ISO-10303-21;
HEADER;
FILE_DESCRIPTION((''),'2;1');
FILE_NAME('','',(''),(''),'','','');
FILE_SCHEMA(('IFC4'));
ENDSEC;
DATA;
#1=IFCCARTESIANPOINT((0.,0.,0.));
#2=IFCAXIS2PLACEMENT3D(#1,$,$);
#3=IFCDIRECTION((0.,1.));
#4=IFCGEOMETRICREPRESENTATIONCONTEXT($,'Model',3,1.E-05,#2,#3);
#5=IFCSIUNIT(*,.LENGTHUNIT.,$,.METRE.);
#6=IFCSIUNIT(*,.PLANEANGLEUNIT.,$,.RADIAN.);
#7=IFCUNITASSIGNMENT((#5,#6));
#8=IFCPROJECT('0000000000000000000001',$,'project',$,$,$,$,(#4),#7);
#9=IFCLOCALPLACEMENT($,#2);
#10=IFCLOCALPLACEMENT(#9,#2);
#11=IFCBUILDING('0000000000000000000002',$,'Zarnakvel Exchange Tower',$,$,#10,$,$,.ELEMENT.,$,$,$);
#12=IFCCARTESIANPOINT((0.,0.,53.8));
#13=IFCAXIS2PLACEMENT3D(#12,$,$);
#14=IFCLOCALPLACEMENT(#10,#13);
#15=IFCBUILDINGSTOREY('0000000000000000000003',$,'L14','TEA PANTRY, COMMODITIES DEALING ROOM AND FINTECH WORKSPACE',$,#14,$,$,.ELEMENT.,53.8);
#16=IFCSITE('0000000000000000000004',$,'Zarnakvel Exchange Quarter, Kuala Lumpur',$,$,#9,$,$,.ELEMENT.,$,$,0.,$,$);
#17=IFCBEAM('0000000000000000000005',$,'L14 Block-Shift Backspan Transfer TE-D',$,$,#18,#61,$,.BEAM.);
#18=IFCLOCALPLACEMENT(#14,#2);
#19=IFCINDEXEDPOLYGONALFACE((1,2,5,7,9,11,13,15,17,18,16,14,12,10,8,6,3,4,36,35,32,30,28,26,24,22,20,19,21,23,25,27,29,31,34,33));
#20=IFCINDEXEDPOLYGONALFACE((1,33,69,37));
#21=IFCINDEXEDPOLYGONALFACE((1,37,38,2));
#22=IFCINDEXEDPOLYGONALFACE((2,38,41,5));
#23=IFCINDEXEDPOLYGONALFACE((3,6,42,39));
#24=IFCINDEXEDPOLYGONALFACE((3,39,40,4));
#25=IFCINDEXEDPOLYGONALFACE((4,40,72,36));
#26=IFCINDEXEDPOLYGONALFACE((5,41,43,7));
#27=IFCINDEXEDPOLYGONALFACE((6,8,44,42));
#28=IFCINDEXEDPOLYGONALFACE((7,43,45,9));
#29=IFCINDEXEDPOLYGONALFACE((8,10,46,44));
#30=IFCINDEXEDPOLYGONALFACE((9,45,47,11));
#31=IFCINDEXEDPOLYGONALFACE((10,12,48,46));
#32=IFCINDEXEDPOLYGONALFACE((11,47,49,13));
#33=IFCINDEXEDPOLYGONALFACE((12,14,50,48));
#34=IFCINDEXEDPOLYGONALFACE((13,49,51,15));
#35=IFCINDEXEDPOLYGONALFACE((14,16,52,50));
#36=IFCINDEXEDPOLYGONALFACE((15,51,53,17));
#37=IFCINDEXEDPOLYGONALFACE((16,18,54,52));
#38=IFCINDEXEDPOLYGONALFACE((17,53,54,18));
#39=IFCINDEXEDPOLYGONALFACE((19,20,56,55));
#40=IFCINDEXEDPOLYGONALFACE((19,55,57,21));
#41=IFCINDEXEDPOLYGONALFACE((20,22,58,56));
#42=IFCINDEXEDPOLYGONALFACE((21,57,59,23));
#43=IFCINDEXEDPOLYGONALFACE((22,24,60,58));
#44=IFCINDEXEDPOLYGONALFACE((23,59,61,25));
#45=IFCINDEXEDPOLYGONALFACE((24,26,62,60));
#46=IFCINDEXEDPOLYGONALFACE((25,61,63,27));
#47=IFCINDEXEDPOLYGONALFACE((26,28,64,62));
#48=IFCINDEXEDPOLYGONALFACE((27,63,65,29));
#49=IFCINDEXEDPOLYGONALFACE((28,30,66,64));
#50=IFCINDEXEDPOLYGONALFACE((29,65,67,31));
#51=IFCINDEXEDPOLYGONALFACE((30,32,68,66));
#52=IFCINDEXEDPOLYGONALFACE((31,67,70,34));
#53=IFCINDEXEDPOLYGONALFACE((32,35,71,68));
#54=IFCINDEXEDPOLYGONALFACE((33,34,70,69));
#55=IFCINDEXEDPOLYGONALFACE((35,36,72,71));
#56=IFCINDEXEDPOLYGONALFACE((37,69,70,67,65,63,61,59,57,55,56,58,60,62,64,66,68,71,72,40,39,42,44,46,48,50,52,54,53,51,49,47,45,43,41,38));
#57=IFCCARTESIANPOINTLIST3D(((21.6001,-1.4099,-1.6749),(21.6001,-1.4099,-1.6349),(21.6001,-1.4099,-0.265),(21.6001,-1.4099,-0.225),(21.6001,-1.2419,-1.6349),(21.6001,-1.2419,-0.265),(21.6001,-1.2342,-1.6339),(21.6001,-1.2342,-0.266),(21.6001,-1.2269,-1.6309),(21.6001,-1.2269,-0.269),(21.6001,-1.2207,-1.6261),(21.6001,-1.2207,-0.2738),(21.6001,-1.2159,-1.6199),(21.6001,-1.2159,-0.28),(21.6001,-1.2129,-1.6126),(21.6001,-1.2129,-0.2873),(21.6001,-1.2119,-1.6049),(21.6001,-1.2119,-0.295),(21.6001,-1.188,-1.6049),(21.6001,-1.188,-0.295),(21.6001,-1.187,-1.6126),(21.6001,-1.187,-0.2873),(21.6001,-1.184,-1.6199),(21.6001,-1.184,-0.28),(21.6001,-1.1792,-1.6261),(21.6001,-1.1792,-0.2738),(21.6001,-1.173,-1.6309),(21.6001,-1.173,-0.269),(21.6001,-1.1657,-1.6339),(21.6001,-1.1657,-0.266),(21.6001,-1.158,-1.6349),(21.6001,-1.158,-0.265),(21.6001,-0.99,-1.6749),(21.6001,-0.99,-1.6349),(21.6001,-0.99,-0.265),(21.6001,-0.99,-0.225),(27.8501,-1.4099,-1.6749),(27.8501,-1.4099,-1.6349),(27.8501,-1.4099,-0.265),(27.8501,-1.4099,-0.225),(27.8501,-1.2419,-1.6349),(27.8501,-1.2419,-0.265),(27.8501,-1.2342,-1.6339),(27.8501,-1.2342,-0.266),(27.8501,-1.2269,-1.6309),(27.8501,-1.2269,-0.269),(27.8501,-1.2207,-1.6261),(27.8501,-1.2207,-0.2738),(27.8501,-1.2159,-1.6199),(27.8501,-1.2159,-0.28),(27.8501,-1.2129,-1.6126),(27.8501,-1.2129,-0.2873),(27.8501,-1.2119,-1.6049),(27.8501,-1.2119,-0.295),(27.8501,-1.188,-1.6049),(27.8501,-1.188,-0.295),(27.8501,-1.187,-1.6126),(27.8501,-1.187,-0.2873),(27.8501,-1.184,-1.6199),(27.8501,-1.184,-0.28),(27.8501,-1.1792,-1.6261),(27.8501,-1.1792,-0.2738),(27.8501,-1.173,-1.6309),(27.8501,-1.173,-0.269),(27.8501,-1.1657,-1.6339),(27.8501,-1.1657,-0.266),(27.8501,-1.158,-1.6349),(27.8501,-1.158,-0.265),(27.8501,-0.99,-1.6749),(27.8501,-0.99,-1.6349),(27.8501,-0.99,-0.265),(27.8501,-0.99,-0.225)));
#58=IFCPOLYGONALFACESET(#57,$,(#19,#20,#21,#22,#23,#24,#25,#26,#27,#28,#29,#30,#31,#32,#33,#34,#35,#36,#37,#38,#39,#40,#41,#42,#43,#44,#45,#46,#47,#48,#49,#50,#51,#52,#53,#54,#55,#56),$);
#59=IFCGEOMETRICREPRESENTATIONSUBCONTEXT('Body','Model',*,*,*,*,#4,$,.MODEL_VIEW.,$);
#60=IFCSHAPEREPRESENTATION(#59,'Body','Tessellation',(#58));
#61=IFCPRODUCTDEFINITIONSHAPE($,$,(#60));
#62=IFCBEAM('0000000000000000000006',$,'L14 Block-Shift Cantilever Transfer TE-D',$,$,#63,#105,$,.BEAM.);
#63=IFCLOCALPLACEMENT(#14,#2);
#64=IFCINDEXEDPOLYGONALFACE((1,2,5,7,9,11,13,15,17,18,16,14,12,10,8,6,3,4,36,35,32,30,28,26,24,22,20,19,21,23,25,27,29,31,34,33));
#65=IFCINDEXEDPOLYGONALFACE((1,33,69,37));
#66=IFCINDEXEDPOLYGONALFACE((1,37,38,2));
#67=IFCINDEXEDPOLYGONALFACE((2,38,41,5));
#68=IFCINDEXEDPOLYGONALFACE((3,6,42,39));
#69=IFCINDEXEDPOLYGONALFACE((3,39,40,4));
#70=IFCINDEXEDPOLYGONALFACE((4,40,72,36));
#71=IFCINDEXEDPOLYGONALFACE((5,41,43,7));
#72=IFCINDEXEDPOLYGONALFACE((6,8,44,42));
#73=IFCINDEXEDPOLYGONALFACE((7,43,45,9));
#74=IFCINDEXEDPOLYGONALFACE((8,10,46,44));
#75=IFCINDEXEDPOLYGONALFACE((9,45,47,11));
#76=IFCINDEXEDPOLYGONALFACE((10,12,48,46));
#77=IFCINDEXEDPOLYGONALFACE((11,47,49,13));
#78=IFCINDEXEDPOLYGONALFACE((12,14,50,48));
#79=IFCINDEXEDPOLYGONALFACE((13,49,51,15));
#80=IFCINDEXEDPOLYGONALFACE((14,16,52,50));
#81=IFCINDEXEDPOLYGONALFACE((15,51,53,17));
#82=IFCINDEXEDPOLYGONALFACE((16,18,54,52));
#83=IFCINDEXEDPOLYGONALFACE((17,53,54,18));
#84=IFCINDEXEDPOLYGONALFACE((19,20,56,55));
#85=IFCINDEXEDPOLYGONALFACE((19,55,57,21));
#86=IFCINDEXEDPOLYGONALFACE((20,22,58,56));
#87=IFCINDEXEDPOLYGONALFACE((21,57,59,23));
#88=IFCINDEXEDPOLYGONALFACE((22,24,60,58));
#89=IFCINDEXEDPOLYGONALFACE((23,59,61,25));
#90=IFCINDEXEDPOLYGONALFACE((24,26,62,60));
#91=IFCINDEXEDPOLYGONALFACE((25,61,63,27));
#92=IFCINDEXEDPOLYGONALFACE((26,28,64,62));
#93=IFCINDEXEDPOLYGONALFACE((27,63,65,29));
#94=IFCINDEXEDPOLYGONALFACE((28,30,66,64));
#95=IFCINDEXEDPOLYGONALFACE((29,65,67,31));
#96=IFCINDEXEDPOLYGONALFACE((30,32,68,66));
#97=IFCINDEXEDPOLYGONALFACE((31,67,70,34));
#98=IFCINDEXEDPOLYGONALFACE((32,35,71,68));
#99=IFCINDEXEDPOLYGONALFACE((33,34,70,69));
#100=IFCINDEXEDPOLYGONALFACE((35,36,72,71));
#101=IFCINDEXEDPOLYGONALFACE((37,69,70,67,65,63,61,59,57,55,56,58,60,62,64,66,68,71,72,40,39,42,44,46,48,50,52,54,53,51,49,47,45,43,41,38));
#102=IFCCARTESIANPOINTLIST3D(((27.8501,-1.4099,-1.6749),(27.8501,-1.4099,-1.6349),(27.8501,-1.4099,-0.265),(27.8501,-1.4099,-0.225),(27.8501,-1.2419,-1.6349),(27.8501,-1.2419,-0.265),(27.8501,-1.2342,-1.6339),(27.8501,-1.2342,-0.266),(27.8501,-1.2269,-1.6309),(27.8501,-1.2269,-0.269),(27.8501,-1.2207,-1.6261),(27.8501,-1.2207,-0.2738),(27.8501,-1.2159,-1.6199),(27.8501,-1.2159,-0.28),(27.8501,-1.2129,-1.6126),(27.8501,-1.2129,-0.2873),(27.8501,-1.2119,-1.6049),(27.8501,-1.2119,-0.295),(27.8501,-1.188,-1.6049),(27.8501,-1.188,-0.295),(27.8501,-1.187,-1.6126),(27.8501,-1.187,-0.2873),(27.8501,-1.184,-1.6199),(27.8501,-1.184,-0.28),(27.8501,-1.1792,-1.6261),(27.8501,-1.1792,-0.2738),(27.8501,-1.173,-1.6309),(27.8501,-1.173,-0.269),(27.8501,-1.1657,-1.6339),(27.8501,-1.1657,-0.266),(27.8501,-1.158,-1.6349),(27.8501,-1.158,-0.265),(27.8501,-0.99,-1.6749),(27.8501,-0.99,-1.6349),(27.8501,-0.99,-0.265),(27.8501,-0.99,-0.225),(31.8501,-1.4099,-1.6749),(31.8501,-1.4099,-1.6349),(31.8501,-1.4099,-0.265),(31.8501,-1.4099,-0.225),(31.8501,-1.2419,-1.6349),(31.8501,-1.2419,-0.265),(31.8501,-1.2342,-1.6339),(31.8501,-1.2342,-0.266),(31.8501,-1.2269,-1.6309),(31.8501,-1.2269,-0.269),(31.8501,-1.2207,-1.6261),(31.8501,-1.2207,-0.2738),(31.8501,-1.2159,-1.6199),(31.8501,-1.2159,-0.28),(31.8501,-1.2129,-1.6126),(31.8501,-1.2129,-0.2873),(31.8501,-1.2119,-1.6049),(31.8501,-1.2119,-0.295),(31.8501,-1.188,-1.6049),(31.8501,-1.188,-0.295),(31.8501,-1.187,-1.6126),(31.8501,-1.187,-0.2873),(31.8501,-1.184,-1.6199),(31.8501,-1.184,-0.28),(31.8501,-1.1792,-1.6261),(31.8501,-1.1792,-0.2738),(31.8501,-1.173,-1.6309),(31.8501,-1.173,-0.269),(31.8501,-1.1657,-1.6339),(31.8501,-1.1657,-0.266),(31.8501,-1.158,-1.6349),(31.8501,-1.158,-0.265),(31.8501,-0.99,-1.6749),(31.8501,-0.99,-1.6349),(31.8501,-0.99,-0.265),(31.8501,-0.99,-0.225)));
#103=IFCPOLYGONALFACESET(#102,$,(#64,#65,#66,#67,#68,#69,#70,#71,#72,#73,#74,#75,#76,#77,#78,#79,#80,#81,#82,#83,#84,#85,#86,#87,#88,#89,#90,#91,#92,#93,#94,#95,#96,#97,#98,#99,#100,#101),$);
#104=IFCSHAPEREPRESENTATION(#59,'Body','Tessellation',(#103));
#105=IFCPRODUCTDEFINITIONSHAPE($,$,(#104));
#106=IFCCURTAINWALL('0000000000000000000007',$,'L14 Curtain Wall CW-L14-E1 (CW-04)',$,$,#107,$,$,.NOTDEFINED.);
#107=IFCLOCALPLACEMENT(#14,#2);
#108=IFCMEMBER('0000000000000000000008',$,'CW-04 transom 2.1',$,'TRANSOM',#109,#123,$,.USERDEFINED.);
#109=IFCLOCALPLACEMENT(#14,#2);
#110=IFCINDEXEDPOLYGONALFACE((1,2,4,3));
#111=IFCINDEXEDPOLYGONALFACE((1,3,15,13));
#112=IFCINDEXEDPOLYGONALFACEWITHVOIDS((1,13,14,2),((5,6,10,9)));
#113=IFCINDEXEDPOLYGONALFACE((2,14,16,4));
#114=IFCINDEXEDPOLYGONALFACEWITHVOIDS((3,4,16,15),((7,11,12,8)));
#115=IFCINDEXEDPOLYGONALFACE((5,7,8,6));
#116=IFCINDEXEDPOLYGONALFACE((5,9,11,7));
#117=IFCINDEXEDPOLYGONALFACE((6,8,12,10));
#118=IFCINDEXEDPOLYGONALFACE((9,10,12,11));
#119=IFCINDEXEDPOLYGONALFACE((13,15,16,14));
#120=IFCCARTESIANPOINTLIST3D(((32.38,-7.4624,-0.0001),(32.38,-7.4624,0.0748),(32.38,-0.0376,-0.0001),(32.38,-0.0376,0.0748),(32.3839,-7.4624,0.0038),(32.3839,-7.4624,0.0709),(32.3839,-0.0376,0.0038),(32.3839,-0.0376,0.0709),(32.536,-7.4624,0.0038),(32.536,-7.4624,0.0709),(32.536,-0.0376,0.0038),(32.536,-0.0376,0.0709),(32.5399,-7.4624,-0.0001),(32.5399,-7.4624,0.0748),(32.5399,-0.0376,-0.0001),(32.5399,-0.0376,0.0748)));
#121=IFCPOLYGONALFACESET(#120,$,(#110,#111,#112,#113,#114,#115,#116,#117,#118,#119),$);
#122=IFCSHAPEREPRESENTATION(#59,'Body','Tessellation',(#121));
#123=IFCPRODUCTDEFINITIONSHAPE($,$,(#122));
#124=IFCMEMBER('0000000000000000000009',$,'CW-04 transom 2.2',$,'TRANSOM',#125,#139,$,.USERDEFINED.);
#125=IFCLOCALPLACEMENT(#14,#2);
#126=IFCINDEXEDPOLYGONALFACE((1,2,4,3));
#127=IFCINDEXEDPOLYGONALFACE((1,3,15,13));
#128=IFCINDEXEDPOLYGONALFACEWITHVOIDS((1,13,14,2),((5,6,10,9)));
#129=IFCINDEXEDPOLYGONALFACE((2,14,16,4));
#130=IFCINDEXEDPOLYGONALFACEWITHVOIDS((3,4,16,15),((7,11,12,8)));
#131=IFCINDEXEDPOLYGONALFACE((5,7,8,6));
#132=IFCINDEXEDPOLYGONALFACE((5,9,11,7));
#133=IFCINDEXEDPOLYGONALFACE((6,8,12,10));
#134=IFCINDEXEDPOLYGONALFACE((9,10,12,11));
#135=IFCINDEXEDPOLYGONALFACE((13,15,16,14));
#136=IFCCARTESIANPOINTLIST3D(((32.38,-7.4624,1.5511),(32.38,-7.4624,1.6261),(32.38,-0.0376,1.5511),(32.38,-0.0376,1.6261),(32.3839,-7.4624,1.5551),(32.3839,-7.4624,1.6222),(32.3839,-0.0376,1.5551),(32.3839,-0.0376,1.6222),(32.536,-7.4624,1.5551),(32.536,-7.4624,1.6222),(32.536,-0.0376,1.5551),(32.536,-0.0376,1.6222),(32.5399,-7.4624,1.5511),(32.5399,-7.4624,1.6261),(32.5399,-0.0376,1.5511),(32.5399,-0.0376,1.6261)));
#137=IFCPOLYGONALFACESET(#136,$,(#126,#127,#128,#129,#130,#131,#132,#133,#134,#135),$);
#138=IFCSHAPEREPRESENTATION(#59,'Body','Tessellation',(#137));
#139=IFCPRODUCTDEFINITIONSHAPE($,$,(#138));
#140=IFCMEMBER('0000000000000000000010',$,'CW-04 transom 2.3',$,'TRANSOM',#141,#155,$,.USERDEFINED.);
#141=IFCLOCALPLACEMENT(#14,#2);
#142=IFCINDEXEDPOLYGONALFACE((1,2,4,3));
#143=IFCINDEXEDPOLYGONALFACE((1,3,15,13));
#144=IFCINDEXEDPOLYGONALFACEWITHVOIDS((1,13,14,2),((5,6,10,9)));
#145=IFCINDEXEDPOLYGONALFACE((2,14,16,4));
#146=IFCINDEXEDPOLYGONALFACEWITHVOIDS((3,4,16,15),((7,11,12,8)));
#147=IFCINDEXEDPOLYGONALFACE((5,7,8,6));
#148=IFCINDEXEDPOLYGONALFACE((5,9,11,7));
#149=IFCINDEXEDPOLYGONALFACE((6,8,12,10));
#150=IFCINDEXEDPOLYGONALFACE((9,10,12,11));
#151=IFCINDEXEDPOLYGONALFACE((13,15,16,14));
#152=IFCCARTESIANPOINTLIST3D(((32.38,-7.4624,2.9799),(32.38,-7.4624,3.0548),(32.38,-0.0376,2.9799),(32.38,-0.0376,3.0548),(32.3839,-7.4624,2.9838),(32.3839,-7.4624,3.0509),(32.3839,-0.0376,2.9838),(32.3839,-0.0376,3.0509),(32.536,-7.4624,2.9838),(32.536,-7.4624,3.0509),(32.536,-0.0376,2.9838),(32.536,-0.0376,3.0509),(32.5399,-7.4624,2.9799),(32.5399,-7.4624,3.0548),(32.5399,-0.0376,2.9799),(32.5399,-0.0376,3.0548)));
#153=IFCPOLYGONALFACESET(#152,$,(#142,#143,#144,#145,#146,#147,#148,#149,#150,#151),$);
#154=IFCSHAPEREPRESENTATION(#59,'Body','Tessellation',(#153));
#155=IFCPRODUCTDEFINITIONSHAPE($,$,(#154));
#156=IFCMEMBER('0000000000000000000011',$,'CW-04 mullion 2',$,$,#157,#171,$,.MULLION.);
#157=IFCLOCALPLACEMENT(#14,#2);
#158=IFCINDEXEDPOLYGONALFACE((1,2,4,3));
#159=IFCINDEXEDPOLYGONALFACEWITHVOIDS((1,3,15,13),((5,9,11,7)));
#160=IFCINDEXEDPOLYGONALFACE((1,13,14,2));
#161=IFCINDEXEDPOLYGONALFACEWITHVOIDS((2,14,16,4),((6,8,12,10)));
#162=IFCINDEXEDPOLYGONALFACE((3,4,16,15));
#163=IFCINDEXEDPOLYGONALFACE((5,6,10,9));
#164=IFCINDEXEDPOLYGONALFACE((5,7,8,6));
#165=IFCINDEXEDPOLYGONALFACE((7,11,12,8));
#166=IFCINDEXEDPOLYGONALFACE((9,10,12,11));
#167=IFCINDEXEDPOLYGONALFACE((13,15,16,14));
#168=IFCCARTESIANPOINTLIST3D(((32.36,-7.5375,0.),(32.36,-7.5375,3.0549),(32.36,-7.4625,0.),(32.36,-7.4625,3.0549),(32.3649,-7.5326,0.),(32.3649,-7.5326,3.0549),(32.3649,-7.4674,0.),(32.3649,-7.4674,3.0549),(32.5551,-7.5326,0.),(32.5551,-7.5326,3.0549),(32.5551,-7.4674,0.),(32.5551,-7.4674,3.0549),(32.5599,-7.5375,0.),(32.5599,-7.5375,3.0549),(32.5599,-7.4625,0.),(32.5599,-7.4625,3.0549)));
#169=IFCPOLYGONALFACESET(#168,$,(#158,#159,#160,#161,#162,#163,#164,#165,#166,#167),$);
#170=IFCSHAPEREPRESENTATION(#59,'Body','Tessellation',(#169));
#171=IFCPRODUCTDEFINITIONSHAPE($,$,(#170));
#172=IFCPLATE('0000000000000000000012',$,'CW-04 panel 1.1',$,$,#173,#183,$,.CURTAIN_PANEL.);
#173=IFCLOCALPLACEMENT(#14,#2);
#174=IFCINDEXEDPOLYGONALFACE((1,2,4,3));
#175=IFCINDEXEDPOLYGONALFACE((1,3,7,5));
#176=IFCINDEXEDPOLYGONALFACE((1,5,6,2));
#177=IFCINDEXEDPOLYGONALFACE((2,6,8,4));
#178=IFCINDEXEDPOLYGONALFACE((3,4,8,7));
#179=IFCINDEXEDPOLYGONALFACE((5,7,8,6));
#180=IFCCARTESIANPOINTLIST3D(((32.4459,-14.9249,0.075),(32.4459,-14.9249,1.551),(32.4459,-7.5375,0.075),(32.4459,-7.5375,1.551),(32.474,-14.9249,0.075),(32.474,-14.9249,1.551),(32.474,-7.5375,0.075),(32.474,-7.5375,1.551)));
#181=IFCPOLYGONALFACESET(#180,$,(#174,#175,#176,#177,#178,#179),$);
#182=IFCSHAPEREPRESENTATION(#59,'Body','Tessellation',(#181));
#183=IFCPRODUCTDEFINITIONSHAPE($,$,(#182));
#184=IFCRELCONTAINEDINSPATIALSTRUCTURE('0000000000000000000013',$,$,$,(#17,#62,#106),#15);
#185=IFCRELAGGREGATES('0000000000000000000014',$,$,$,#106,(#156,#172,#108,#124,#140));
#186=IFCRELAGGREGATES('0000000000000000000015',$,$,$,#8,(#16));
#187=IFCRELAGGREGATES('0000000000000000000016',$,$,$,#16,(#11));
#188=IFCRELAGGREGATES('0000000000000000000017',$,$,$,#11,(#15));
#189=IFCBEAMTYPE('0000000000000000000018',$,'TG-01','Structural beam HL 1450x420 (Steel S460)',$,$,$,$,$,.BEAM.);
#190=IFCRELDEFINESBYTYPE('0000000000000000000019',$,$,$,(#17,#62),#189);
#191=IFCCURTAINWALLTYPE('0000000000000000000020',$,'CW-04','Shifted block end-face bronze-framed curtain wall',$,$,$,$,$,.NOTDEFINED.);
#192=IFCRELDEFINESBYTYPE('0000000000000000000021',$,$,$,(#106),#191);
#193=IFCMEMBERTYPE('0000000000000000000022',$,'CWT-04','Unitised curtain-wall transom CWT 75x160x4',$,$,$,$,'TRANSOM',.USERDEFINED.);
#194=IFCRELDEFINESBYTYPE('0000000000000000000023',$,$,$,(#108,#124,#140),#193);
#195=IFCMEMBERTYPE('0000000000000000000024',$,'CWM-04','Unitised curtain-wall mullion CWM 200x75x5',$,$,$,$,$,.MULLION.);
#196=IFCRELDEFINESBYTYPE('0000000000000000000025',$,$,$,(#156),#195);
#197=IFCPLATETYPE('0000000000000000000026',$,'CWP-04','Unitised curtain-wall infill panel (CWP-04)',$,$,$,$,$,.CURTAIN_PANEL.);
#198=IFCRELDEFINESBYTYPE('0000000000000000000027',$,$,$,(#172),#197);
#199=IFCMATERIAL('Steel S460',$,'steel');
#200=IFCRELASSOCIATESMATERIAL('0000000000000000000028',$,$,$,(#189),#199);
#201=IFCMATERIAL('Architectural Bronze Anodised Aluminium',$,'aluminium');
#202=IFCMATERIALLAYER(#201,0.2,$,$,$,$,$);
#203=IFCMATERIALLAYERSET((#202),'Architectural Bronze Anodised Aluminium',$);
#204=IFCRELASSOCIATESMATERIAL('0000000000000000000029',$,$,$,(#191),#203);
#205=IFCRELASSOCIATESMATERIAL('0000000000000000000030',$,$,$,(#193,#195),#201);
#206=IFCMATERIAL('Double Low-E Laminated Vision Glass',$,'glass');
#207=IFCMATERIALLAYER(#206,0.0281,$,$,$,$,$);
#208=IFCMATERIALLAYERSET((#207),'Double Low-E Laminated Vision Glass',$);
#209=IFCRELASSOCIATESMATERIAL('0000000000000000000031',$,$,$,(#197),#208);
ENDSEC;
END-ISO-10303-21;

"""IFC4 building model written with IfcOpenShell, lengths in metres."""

from ifc_helpers import new_model, si_unit, direction, frame, origin, origin_2d, place, context, subcontext, project, spatial, rectangle, hollow_rectangle, i_section, extrude, source, transform, mapped, material, layer, layer_set, material_profile, profile_set, type_object, element, aggregate, save


model = new_model("IFC4")

# Units and contexts
model_context = context("Model", 3, precision=1e-05, world=origin(), true_north=direction((0.0, 1.0)))
body_context = subcontext(model_context, "Body", "Model", "MODEL_VIEW")
ifc_project = project(units=[si_unit("LENGTHUNIT", "METRE"), si_unit("PLANEANGLEUNIT", "RADIAN")], contexts=[model_context])

# Site, building, storey
site_placement = place(None, origin())
site = spatial("IfcSite", under=ifc_project, at=site_placement, Name="Zarnakvel Exchange Quarter, Kuala Lumpur", CompositionType="ELEMENT", RefElevation=0.0)
building_placement = place(site_placement, origin())
building = spatial("IfcBuilding", under=site, at=building_placement, Name="Zarnakvel Exchange Tower", CompositionType="ELEMENT")
storey_placement = place(building_placement, frame((0.0, 0.0, 53.8)))
storey = spatial("IfcBuildingStorey", under=building, at=storey_placement, Name="L14", Description="TEA PANTRY, COMMODITIES DEALING ROOM AND FINTECH WORKSPACE", CompositionType="ELEMENT", Elevation=53.8)

# Beams
ifc_material_1 = material(Name="Steel S460", Category="steel")
ifc_material_profile_1 = material_profile(ifc_material_1, i_section(OverallWidth=0.4199, OverallDepth=1.45, WebThickness=0.0239, FlangeThickness=0.04, FilletRadius=0.03, at=origin_2d()))
ifc_profile_set_1 = profile_set([ifc_material_profile_1], Name="Steel S460")
beam_type_1 = type_object("IfcBeamType", Name="TG-01", Description="Structural beam HL 1450x420 (Steel S460)", PredefinedType="BEAM", material=ifc_profile_set_1)
beam_1_placement = place(storey_placement, frame((21.6001, -1.2, -0.95), z_axis=(1.0, 0.0, 0.0), x_axis=(0.0, 1.0, 0.0)))
element("IfcBeam", 1, at=beam_1_placement, inside=storey, type_object=beam_type_1, Name="L14 Block-Shift Backspan Transfer TE-D", PredefinedType="BEAM", context=body_context, shape_type="SweptSolid", body=[
    extrude(i_section(OverallWidth=0.4199, OverallDepth=1.45, WebThickness=0.0239, FlangeThickness=0.04, FilletRadius=0.03, at=origin_2d()), origin(), (0.0, 0.0, 1.0), 6.25),
])
beam_2_placement = place(storey_placement, frame((27.8501, -1.2, -0.95), z_axis=(1.0, 0.0, 0.0), x_axis=(0.0, 1.0, 0.0)))
element("IfcBeam", 2, at=beam_2_placement, inside=storey, type_object=beam_type_1, Name="L14 Block-Shift Cantilever Transfer TE-D", PredefinedType="BEAM", context=body_context, shape_type="SweptSolid", body=[
    extrude(i_section(OverallWidth=0.4199, OverallDepth=1.45, WebThickness=0.0239, FlangeThickness=0.04, FilletRadius=0.03, at=origin_2d()), origin(), (0.0, 0.0, 1.0), 4.0),
])

# Curtain wall, members, plate
ifc_material_2 = material(Name="Architectural Bronze Anodised Aluminium", Category="aluminium")
ifc_layer_1 = layer(ifc_material_2, 0.2)
ifc_layer_set_1 = layer_set([ifc_layer_1], Name="Architectural Bronze Anodised Aluminium")
curtain_wall_type = type_object("IfcCurtainWallType", Name="CW-04", Description="Shifted block end-face bronze-framed curtain wall", PredefinedType="NOTDEFINED", material=ifc_layer_set_1)
curtain_wall_placement = place(storey_placement, origin())
curtain_wall = element("IfcCurtainWall", 3, at=curtain_wall_placement, inside=storey, type_object=curtain_wall_type, Name="L14 Curtain Wall CW-L14-E1 (CW-04)", PredefinedType="NOTDEFINED")
ifc_material_profile_2 = material_profile(ifc_material_2, hollow_rectangle(XDim=0.1599, YDim=0.075, WallThickness=0.0039, at=origin_2d()))
ifc_profile_set_2 = profile_set([ifc_material_profile_2], Name="Architectural Bronze Anodised Aluminium")
member_type_1 = type_object("IfcMemberType", Name="CWT-04", Description="Unitised curtain-wall transom CWT 75x160x4", ElementType="TRANSOM", PredefinedType="USERDEFINED", material=ifc_profile_set_2)
shared_shape_1 = source(origin(), body_context, "Body", "SweptSolid", [
    extrude(hollow_rectangle(XDim=0.1599, YDim=0.075, WallThickness=0.0039, at=origin_2d()), origin(), (0.0, 0.0, 1.0), 7.4248),
])
member_1_placement = place(storey_placement, frame((32.46, -7.4624, 0.0374), z_axis=(0.0, 1.0, 0.0), x_axis=(-1.0, 0.0, 0.0)))
member_1 = element("IfcMember", 4, at=member_1_placement, type_object=member_type_1, Name="CW-04 transom 2.1", ObjectType="TRANSOM", PredefinedType="USERDEFINED", context=body_context, shape_type="MappedRepresentation", body=[
    mapped(shared_shape_1, transform((0.0, 0.0, 0.0), x_axis=(1.0, 0.0, 0.0), y_axis=(0.0, 1.0, 0.0), z_axis=(0.0, 0.0, 1.0), scale=1.0)),
])
member_2_placement = place(storey_placement, frame((32.46, -7.4624, 1.5886), z_axis=(0.0, 1.0, 0.0), x_axis=(-1.0, 0.0, 0.0)))
member_2 = element("IfcMember", 5, at=member_2_placement, type_object=member_type_1, Name="CW-04 transom 2.2", ObjectType="TRANSOM", PredefinedType="USERDEFINED", context=body_context, shape_type="MappedRepresentation", body=[
    mapped(shared_shape_1, transform((0.0, 0.0, 0.0), x_axis=(1.0, 0.0, 0.0), y_axis=(0.0, 1.0, 0.0), z_axis=(0.0, 0.0, 1.0), scale=1.0)),
])
member_3_placement = place(storey_placement, frame((32.46, -7.4624, 3.0173), z_axis=(0.0, 1.0, 0.0), x_axis=(-1.0, 0.0, 0.0)))
member_3 = element("IfcMember", 6, at=member_3_placement, type_object=member_type_1, Name="CW-04 transom 2.3", ObjectType="TRANSOM", PredefinedType="USERDEFINED", context=body_context, shape_type="MappedRepresentation", body=[
    mapped(shared_shape_1, transform((0.0, 0.0, 0.0), x_axis=(1.0, 0.0, 0.0), y_axis=(0.0, 1.0, 0.0), z_axis=(0.0, 0.0, 1.0), scale=1.0)),
])
ifc_material_profile_3 = material_profile(ifc_material_2, hollow_rectangle(XDim=0.2, YDim=0.075, WallThickness=0.0049, at=origin_2d()))
ifc_profile_set_3 = profile_set([ifc_material_profile_3], Name="Architectural Bronze Anodised Aluminium")
member_type_2 = type_object("IfcMemberType", Name="CWM-04", Description="Unitised curtain-wall mullion CWM 200x75x5", PredefinedType="MULLION", material=ifc_profile_set_3)
shared_shape_2 = source(origin(), body_context, "Body", "SweptSolid", [
    extrude(hollow_rectangle(XDim=0.2, YDim=0.075, WallThickness=0.0049, at=origin_2d()), origin(), (0.0, 0.0, 1.0), 3.0549),
])
member_4_placement = place(storey_placement, frame((32.46, -7.5, 0.0), z_axis=(0.0, 0.0, 1.0), x_axis=(-1.0, 0.0, 0.0)))
member_4 = element("IfcMember", 7, at=member_4_placement, type_object=member_type_2, Name="CW-04 mullion 2", PredefinedType="MULLION", context=body_context, shape_type="MappedRepresentation", body=[
    mapped(shared_shape_2, transform((0.0, 0.0, 0.0), x_axis=(1.0, 0.0, 0.0), y_axis=(0.0, 1.0, 0.0), z_axis=(0.0, 0.0, 1.0), scale=1.0)),
])
ifc_material_3 = material(Name="Double Low-E Laminated Vision Glass", Category="glass")
ifc_layer_2 = layer(ifc_material_3, 0.0281)
ifc_layer_set_2 = layer_set([ifc_layer_2], Name="Double Low-E Laminated Vision Glass")
plate_type = type_object("IfcPlateType", Name="CWP-04", Description="Unitised curtain-wall infill panel (CWP-04)", PredefinedType="CURTAIN_PANEL", material=ifc_layer_set_2)
shared_shape_3 = source(origin(), body_context, "Body", "SweptSolid", [
    extrude(rectangle(XDim=7.3875, YDim=0.0281, at=origin_2d()), origin(), (0.0, 0.0, 1.0), 1.4761),
])
plate_1_placement = place(storey_placement, frame((32.46, -11.2312, 0.075), z_axis=(0.0, 0.0, 1.0), x_axis=(0.0, 1.0, 0.0)))
plate_1 = element("IfcPlate", 8, at=plate_1_placement, type_object=plate_type, Name="CW-04 panel 1.1", PredefinedType="CURTAIN_PANEL", context=body_context, shape_type="MappedRepresentation", body=[
    mapped(shared_shape_3, transform((0.0, 0.0, 0.0), x_axis=(1.0, 0.0, 0.0), y_axis=(0.0, 1.0, 0.0), z_axis=(0.0, 0.0, 1.0), scale=1.0)),
])
aggregate(curtain_wall, [member_4, plate_1, member_1, member_2, member_3])

save(model, "model.ifc")
